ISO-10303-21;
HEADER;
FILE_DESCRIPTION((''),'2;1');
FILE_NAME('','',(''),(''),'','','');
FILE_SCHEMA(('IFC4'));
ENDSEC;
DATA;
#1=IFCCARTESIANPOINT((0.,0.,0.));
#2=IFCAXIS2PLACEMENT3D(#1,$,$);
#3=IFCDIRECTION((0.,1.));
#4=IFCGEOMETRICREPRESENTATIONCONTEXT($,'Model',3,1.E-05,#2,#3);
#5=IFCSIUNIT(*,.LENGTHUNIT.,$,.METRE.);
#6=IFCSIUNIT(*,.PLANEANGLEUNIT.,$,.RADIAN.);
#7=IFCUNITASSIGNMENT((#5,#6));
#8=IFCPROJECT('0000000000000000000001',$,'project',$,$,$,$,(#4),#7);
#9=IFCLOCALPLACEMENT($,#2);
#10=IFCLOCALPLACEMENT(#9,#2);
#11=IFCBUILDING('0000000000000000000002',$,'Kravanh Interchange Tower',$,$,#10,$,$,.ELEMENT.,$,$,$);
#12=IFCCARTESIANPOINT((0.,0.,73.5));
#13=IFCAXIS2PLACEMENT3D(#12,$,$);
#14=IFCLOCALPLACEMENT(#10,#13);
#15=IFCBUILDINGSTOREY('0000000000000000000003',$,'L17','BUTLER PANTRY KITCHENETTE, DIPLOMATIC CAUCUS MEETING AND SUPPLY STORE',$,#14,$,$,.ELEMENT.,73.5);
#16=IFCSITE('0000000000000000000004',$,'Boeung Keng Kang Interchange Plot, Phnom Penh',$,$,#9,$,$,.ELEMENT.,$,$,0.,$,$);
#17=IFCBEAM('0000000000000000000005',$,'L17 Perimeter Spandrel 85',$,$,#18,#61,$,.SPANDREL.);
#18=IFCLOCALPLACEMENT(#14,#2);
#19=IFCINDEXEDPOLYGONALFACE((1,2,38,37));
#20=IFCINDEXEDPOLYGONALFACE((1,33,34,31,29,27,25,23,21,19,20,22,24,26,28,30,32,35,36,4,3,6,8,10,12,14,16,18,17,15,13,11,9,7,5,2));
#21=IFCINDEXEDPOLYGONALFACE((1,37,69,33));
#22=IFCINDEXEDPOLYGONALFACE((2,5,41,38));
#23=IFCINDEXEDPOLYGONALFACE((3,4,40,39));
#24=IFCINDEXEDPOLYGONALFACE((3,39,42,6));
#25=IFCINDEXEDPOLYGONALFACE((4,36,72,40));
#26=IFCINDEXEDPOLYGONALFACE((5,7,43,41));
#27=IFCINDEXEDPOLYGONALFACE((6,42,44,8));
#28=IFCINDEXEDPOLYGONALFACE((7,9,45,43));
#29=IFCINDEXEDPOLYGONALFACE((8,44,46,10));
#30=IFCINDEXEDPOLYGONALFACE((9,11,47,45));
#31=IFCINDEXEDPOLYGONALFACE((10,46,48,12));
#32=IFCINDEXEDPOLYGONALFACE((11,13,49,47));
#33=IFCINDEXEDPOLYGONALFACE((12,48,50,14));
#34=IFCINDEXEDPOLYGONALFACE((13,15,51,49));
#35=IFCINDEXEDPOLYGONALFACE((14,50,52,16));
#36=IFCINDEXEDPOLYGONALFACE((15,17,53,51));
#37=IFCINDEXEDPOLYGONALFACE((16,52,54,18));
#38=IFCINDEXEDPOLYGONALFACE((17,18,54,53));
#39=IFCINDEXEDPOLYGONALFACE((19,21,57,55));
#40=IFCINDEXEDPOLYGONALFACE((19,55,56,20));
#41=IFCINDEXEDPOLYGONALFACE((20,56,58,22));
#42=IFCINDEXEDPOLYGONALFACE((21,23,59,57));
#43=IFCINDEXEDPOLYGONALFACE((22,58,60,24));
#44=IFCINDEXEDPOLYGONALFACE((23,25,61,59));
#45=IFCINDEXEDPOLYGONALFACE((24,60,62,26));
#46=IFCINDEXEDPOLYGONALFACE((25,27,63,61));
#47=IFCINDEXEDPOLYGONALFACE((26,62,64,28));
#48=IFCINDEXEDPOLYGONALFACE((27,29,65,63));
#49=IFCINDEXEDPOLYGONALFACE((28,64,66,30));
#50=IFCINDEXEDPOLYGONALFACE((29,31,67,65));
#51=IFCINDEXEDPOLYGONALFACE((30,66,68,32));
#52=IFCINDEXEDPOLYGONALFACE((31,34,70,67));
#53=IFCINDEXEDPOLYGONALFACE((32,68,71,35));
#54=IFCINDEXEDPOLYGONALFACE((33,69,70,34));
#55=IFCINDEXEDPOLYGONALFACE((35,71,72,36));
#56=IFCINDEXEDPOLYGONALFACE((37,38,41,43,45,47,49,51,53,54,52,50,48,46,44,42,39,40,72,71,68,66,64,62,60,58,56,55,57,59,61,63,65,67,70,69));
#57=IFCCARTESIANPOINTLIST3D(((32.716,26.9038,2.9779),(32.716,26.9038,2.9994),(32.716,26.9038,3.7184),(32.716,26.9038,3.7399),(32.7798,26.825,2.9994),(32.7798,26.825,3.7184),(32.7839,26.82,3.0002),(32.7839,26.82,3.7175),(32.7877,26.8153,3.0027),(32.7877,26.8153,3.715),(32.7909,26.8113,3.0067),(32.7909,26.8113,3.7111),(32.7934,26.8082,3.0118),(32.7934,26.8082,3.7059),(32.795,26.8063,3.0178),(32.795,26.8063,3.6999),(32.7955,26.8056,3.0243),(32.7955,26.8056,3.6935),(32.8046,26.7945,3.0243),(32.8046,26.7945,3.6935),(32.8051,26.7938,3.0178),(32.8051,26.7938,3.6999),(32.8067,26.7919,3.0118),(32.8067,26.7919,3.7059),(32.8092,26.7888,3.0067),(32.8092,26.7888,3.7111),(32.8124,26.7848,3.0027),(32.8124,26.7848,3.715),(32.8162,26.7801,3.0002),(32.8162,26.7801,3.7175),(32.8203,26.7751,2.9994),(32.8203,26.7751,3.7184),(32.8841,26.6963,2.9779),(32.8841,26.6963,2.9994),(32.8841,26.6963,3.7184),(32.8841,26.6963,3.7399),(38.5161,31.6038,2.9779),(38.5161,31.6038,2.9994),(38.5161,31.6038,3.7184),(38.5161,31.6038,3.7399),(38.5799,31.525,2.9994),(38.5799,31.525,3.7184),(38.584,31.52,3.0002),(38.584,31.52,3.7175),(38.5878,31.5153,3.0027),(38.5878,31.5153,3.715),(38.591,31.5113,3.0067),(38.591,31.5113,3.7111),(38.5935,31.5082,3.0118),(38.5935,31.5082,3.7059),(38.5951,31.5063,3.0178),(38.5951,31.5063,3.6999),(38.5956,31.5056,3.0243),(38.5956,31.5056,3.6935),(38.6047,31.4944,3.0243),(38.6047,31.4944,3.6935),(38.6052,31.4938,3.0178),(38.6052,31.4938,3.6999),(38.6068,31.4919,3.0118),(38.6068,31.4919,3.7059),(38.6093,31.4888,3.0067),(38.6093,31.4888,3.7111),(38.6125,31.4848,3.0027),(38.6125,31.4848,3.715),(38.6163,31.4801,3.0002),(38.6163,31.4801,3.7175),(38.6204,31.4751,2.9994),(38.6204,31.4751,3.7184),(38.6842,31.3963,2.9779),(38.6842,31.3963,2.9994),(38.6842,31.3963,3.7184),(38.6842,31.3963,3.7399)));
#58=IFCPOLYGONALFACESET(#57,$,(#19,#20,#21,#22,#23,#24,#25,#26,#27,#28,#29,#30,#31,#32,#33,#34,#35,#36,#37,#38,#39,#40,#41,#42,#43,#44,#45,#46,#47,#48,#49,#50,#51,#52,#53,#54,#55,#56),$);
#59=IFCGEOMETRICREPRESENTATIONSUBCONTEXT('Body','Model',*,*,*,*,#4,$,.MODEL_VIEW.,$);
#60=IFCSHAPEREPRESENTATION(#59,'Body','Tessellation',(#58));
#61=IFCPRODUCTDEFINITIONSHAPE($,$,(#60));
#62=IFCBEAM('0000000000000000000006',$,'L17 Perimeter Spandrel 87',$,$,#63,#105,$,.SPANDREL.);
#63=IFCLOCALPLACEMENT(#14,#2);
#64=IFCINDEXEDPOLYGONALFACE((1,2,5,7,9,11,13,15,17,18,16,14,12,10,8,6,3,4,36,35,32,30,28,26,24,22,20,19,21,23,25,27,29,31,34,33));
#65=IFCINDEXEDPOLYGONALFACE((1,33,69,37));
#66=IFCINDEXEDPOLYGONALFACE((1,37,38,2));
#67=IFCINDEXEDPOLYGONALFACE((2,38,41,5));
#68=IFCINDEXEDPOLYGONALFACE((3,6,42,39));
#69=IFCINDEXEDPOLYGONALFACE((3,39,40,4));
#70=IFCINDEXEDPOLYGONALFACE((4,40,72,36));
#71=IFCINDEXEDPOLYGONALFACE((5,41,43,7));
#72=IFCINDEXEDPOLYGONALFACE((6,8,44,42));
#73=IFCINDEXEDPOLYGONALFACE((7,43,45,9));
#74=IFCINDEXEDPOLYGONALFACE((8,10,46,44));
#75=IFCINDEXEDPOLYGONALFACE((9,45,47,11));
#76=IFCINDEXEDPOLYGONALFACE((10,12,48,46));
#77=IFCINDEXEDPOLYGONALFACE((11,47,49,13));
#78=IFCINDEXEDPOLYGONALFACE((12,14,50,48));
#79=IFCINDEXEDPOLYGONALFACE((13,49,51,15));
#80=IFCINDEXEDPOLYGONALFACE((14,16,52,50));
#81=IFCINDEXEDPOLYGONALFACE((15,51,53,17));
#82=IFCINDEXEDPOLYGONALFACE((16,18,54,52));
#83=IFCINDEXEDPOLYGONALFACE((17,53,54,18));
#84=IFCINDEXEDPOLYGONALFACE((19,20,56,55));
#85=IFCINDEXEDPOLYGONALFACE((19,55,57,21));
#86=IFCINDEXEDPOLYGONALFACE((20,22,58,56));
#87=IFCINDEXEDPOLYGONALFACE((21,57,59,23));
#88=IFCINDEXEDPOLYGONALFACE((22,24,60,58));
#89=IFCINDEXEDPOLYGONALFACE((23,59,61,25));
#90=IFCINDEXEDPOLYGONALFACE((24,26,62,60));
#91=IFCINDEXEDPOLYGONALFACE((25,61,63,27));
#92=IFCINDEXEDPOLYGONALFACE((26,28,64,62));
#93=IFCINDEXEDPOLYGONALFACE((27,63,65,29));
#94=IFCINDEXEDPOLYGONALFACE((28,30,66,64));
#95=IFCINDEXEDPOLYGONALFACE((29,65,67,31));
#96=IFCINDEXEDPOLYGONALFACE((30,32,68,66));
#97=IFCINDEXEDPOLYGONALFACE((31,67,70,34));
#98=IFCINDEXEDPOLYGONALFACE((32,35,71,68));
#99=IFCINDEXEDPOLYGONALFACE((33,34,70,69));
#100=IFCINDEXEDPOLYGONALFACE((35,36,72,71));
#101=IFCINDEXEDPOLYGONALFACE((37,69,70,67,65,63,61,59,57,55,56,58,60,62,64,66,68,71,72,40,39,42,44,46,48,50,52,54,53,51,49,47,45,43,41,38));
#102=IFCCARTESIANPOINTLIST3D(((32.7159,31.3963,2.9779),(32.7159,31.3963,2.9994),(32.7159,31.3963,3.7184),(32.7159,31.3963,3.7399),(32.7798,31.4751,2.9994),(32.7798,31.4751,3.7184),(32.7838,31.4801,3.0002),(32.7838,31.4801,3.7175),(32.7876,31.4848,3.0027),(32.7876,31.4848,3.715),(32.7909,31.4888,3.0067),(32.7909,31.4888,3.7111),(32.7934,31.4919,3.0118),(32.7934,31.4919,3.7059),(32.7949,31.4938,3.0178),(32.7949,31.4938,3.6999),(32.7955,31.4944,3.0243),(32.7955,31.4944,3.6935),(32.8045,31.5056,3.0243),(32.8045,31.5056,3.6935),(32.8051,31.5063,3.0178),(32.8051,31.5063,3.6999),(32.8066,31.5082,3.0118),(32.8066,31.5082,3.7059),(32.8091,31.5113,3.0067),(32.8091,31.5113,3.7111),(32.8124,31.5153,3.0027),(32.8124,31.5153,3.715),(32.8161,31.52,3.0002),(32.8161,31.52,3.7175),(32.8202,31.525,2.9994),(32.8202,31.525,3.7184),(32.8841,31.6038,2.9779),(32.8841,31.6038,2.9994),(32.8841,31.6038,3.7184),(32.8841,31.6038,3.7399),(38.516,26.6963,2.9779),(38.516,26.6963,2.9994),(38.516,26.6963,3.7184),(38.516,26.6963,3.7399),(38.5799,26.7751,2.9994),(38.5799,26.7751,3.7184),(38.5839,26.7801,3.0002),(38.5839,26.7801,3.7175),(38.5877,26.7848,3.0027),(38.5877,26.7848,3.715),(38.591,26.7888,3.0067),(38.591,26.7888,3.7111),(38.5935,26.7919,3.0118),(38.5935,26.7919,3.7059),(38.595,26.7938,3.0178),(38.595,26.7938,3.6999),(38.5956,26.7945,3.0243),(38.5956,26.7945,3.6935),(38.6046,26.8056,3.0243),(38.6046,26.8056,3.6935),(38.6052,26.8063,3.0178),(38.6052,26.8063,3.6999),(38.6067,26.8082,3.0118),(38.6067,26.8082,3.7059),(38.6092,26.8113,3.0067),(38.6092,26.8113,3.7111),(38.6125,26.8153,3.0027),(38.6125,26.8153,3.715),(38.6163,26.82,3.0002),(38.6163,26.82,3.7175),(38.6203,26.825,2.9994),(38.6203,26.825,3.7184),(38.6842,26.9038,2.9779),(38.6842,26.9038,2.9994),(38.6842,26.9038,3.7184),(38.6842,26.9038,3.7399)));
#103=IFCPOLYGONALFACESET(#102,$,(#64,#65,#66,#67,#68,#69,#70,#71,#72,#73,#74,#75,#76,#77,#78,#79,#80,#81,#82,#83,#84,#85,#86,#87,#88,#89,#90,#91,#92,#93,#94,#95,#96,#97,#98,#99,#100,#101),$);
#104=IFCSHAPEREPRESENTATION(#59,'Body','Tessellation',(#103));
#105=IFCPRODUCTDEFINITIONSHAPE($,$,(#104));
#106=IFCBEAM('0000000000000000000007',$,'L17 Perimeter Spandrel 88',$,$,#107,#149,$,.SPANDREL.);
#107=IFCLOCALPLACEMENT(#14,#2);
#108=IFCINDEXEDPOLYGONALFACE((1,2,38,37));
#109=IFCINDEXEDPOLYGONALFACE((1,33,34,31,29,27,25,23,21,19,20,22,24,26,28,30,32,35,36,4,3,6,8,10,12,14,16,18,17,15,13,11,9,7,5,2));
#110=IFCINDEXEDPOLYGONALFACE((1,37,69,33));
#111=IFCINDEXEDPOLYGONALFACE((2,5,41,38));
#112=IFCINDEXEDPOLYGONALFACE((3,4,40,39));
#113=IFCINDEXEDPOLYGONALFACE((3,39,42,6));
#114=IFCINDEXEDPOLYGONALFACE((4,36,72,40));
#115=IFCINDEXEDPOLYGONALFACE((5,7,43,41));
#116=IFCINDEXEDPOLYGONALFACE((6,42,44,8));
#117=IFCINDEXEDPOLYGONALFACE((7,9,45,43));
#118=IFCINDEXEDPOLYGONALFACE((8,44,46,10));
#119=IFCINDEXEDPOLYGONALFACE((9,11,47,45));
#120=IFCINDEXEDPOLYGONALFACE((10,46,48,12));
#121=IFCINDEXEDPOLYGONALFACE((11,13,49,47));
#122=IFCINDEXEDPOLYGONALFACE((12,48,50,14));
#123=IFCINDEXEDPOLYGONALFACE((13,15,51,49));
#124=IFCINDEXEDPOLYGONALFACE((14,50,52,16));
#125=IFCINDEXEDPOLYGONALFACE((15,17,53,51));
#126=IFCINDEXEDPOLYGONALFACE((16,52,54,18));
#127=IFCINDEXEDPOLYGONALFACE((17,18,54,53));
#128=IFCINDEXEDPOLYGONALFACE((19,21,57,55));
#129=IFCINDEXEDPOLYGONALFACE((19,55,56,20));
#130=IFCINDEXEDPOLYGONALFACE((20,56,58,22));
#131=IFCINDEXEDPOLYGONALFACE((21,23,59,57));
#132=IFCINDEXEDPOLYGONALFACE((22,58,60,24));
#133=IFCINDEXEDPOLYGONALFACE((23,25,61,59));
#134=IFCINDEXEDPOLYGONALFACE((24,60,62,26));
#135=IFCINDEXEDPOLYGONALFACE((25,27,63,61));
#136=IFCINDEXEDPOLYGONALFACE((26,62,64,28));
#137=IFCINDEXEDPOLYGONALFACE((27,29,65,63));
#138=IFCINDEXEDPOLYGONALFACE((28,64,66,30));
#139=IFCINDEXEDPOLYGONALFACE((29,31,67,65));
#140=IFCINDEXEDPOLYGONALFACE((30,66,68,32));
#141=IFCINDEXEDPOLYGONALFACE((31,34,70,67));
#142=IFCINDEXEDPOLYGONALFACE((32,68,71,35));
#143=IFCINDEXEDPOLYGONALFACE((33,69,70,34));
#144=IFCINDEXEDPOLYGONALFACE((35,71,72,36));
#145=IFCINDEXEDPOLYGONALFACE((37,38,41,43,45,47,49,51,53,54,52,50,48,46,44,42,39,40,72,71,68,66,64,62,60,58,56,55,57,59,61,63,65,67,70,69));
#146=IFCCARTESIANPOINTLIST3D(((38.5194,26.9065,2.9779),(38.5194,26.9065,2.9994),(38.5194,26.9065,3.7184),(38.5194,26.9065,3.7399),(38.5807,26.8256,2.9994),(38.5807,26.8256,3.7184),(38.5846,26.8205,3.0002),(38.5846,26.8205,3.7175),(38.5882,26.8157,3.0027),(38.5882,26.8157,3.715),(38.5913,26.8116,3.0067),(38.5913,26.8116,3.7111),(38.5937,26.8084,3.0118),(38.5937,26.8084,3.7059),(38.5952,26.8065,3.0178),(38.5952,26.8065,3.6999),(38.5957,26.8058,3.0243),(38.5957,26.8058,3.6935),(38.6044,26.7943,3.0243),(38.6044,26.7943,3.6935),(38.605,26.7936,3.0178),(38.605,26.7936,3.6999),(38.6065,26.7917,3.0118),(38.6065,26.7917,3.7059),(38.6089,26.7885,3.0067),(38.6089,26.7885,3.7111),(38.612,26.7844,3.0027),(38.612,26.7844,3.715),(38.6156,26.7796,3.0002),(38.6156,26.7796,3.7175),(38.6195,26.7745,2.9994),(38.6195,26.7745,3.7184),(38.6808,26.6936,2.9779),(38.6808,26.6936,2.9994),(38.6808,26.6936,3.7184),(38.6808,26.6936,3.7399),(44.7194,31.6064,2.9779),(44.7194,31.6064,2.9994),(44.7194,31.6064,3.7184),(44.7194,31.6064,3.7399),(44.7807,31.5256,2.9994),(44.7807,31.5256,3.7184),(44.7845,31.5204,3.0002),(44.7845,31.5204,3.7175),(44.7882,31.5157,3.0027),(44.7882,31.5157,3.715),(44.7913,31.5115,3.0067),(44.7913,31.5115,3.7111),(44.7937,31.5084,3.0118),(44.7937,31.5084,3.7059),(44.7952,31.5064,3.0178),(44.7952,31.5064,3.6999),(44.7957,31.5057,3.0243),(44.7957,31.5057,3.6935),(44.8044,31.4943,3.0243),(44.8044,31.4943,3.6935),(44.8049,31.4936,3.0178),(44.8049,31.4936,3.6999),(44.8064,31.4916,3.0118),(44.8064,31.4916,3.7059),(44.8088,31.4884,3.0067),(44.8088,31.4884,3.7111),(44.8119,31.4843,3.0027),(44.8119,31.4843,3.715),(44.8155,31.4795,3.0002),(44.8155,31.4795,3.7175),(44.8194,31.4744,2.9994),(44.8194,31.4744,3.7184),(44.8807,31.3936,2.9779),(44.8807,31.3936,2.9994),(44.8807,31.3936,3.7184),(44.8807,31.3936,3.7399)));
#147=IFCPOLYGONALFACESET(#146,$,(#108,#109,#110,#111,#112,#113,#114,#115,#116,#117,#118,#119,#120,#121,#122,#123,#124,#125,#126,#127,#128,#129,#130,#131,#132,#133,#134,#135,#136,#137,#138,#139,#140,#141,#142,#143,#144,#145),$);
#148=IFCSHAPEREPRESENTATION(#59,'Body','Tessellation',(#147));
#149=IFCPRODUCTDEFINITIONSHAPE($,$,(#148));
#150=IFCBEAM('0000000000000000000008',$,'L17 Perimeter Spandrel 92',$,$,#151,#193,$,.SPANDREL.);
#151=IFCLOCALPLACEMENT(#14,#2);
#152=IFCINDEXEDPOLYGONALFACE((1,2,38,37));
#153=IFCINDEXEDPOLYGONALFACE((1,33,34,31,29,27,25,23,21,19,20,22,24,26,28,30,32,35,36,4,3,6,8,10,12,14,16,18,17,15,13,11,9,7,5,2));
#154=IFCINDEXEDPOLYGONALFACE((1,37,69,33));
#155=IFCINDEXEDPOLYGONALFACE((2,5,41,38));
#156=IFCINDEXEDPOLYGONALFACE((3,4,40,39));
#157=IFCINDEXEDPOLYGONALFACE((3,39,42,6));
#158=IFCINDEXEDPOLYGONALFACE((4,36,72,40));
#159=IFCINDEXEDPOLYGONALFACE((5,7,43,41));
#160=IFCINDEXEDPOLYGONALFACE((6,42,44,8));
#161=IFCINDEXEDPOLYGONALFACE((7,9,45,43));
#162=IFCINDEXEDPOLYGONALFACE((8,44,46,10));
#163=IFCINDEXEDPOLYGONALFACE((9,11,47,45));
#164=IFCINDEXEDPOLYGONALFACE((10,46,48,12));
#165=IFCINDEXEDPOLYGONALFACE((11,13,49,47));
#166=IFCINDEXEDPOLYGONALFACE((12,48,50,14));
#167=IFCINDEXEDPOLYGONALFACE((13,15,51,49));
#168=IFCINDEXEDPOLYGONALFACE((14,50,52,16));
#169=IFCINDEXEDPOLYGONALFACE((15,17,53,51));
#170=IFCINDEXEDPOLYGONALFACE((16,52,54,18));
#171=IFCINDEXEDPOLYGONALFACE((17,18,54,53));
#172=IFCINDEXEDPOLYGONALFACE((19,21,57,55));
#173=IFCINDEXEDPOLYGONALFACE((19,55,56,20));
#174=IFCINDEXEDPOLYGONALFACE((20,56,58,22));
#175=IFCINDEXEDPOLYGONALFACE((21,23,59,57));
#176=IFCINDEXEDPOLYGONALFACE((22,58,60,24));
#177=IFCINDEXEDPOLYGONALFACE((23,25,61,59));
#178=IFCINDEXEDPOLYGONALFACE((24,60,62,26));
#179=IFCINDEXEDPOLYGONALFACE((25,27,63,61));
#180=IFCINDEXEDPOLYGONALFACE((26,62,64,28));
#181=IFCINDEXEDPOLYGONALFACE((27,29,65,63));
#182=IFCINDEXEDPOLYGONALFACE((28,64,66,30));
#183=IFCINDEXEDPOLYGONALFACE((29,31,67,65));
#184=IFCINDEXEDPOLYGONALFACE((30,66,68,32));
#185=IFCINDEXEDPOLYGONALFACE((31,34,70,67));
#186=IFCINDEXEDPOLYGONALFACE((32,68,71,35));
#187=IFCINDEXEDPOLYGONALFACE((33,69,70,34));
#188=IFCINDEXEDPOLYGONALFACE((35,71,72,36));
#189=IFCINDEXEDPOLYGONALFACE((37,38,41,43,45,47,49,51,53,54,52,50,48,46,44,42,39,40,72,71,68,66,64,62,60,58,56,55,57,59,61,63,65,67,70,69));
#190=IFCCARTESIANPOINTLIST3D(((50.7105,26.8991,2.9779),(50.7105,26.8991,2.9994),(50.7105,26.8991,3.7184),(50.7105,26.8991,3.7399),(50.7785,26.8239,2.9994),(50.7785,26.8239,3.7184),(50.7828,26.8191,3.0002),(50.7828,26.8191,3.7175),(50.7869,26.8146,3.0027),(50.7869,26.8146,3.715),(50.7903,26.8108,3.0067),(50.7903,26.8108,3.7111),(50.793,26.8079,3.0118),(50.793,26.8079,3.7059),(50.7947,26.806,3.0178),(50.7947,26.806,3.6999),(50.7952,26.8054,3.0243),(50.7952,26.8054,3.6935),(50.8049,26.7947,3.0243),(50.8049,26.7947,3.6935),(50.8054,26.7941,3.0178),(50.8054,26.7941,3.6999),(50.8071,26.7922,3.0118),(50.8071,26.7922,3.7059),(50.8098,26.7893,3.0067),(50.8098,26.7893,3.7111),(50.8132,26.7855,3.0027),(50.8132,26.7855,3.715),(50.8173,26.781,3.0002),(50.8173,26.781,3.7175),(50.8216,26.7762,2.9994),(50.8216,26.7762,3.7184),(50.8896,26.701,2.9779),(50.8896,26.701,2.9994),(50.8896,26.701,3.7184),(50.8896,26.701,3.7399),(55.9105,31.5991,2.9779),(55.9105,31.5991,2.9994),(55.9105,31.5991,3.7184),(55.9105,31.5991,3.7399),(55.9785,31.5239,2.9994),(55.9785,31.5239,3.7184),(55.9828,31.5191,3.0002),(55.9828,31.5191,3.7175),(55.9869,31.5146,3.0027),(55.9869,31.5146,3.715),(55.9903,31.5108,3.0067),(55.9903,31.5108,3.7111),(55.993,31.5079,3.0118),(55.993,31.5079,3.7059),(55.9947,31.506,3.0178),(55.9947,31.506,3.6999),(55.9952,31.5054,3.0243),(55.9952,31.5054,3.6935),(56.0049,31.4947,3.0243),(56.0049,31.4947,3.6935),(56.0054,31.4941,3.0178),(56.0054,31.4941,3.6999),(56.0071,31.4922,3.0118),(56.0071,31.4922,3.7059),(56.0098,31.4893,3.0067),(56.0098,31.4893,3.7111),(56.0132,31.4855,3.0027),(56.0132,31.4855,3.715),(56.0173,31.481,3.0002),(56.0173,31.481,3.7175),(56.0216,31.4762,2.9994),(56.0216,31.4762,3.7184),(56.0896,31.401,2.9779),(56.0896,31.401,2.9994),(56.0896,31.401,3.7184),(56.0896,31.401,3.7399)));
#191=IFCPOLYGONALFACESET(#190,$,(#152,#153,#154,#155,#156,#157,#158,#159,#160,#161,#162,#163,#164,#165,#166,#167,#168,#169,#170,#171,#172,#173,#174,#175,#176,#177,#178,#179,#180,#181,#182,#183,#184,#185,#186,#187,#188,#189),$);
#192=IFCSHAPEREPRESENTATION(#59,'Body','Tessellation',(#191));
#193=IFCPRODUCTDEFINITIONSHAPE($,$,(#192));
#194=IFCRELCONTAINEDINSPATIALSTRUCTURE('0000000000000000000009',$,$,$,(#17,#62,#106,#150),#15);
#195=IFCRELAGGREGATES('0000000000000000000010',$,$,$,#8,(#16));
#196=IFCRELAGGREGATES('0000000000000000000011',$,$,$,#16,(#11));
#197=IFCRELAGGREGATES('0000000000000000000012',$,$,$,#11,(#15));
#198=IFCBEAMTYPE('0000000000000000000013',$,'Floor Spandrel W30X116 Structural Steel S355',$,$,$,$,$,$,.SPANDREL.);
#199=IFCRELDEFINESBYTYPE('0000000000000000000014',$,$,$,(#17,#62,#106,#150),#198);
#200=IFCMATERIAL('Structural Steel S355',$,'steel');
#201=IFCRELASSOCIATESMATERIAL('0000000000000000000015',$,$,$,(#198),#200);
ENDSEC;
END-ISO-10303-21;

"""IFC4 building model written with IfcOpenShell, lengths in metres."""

from ifc_helpers import new_model, si_unit, direction, frame, origin, origin_2d, place, context, subcontext, project, spatial, i_section, extrude, material, material_profile, profile_set, type_object, element, save


model = new_model("IFC4")

# Units and contexts
model_context = context("Model", 3, precision=1e-05, world=origin(), true_north=direction((0.0, 1.0)))
body_context = subcontext(model_context, "Body", "Model", "MODEL_VIEW")
ifc_project = project(units=[si_unit("LENGTHUNIT", "METRE"), si_unit("PLANEANGLEUNIT", "RADIAN")], contexts=[model_context])

# Site, building, storey
site_placement = place(None, origin())
site = spatial("IfcSite", under=ifc_project, at=site_placement, Name="Boeung Keng Kang Interchange Plot, Phnom Penh", CompositionType="ELEMENT", RefElevation=0.0)
building_placement = place(site_placement, origin())
building = spatial("IfcBuilding", under=site, at=building_placement, Name="Kravanh Interchange Tower", CompositionType="ELEMENT")
storey_placement = place(building_placement, frame((0.0, 0.0, 73.5)))
storey = spatial("IfcBuildingStorey", under=building, at=storey_placement, Name="L17", Description="BUTLER PANTRY KITCHENETTE, DIPLOMATIC CAUCUS MEETING AND SUPPLY STORE", CompositionType="ELEMENT", Elevation=73.5)

# Beams
ifc_material_1 = material(Name="Structural Steel S355", Category="steel")
ifc_material_profile_1 = material_profile(ifc_material_1, i_section(OverallWidth=0.2671, OverallDepth=0.762, WebThickness=0.0144, FlangeThickness=0.0215, FilletRadius=0.0249, at=origin_2d()), Name="W30X116")
ifc_profile_set_1 = profile_set([ifc_material_profile_1], Name="Structural Steel S355")
beam_type_1 = type_object("IfcBeamType", Name="Floor Spandrel W30X116 Structural Steel S355", PredefinedType="SPANDREL", material=ifc_profile_set_1)
for number, where, z_axis, x_axis, name in (
    (1, (32.8, 26.8, 3.3589), (0.776939, 0.629576, 0.0), (-0.629576, 0.776939, 0.0), "L17 Perimeter Spandrel 85"),
    (2, (38.6001, 26.8, 3.3589), (-0.776939, 0.629576, 0.0), (-0.629576, -0.776939, 0.0), "L17 Perimeter Spandrel 87"),
):
    element("IfcBeam", number, at=place(storey_placement, frame(where, z_axis=z_axis, x_axis=x_axis)), inside=storey, type_object=beam_type_1, Name=name, PredefinedType="SPANDREL", context=body_context, shape_type="SweptSolid", body=[
        extrude(i_section(OverallWidth=0.2671, OverallDepth=0.762, WebThickness=0.0144, FlangeThickness=0.0215, FilletRadius=0.0249, at=origin_2d()), origin(), (0.0, 0.0, 1.0), 7.4653),
    ])
beam_1_placement = place(storey_placement, frame((38.6001, 26.8, 3.3589), z_axis=(0.796905, 0.604104, 0.0), x_axis=(-0.604104, 0.796905, 0.0)))
element("IfcBeam", 3, at=beam_1_placement, inside=storey, type_object=beam_type_1, Name="L17 Perimeter Spandrel 88", PredefinedType="SPANDREL", context=body_context, shape_type="SweptSolid", body=[
    extrude(i_section(OverallWidth=0.2671, OverallDepth=0.762, WebThickness=0.0144, FlangeThickness=0.0215, FilletRadius=0.0249, at=origin_2d()), origin(), (0.0, 0.0, 1.0), 7.78),
])
beam_2_placement = place(storey_placement, frame((50.8, 26.8, 3.3589), z_axis=(0.741874, 0.670539, 0.0), x_axis=(-0.670539, 0.741874, 0.0)))
element("IfcBeam", 4, at=beam_2_placement, inside=storey, type_object=beam_type_1, Name="L17 Perimeter Spandrel 92", PredefinedType="SPANDREL", context=body_context, shape_type="SweptSolid", body=[
    extrude(i_section(OverallWidth=0.2671, OverallDepth=0.762, WebThickness=0.0144, FlangeThickness=0.0215, FilletRadius=0.0249, at=origin_2d()), origin(), (0.0, 0.0, 1.0), 7.0093),
])

save(model, "model.ifc")
